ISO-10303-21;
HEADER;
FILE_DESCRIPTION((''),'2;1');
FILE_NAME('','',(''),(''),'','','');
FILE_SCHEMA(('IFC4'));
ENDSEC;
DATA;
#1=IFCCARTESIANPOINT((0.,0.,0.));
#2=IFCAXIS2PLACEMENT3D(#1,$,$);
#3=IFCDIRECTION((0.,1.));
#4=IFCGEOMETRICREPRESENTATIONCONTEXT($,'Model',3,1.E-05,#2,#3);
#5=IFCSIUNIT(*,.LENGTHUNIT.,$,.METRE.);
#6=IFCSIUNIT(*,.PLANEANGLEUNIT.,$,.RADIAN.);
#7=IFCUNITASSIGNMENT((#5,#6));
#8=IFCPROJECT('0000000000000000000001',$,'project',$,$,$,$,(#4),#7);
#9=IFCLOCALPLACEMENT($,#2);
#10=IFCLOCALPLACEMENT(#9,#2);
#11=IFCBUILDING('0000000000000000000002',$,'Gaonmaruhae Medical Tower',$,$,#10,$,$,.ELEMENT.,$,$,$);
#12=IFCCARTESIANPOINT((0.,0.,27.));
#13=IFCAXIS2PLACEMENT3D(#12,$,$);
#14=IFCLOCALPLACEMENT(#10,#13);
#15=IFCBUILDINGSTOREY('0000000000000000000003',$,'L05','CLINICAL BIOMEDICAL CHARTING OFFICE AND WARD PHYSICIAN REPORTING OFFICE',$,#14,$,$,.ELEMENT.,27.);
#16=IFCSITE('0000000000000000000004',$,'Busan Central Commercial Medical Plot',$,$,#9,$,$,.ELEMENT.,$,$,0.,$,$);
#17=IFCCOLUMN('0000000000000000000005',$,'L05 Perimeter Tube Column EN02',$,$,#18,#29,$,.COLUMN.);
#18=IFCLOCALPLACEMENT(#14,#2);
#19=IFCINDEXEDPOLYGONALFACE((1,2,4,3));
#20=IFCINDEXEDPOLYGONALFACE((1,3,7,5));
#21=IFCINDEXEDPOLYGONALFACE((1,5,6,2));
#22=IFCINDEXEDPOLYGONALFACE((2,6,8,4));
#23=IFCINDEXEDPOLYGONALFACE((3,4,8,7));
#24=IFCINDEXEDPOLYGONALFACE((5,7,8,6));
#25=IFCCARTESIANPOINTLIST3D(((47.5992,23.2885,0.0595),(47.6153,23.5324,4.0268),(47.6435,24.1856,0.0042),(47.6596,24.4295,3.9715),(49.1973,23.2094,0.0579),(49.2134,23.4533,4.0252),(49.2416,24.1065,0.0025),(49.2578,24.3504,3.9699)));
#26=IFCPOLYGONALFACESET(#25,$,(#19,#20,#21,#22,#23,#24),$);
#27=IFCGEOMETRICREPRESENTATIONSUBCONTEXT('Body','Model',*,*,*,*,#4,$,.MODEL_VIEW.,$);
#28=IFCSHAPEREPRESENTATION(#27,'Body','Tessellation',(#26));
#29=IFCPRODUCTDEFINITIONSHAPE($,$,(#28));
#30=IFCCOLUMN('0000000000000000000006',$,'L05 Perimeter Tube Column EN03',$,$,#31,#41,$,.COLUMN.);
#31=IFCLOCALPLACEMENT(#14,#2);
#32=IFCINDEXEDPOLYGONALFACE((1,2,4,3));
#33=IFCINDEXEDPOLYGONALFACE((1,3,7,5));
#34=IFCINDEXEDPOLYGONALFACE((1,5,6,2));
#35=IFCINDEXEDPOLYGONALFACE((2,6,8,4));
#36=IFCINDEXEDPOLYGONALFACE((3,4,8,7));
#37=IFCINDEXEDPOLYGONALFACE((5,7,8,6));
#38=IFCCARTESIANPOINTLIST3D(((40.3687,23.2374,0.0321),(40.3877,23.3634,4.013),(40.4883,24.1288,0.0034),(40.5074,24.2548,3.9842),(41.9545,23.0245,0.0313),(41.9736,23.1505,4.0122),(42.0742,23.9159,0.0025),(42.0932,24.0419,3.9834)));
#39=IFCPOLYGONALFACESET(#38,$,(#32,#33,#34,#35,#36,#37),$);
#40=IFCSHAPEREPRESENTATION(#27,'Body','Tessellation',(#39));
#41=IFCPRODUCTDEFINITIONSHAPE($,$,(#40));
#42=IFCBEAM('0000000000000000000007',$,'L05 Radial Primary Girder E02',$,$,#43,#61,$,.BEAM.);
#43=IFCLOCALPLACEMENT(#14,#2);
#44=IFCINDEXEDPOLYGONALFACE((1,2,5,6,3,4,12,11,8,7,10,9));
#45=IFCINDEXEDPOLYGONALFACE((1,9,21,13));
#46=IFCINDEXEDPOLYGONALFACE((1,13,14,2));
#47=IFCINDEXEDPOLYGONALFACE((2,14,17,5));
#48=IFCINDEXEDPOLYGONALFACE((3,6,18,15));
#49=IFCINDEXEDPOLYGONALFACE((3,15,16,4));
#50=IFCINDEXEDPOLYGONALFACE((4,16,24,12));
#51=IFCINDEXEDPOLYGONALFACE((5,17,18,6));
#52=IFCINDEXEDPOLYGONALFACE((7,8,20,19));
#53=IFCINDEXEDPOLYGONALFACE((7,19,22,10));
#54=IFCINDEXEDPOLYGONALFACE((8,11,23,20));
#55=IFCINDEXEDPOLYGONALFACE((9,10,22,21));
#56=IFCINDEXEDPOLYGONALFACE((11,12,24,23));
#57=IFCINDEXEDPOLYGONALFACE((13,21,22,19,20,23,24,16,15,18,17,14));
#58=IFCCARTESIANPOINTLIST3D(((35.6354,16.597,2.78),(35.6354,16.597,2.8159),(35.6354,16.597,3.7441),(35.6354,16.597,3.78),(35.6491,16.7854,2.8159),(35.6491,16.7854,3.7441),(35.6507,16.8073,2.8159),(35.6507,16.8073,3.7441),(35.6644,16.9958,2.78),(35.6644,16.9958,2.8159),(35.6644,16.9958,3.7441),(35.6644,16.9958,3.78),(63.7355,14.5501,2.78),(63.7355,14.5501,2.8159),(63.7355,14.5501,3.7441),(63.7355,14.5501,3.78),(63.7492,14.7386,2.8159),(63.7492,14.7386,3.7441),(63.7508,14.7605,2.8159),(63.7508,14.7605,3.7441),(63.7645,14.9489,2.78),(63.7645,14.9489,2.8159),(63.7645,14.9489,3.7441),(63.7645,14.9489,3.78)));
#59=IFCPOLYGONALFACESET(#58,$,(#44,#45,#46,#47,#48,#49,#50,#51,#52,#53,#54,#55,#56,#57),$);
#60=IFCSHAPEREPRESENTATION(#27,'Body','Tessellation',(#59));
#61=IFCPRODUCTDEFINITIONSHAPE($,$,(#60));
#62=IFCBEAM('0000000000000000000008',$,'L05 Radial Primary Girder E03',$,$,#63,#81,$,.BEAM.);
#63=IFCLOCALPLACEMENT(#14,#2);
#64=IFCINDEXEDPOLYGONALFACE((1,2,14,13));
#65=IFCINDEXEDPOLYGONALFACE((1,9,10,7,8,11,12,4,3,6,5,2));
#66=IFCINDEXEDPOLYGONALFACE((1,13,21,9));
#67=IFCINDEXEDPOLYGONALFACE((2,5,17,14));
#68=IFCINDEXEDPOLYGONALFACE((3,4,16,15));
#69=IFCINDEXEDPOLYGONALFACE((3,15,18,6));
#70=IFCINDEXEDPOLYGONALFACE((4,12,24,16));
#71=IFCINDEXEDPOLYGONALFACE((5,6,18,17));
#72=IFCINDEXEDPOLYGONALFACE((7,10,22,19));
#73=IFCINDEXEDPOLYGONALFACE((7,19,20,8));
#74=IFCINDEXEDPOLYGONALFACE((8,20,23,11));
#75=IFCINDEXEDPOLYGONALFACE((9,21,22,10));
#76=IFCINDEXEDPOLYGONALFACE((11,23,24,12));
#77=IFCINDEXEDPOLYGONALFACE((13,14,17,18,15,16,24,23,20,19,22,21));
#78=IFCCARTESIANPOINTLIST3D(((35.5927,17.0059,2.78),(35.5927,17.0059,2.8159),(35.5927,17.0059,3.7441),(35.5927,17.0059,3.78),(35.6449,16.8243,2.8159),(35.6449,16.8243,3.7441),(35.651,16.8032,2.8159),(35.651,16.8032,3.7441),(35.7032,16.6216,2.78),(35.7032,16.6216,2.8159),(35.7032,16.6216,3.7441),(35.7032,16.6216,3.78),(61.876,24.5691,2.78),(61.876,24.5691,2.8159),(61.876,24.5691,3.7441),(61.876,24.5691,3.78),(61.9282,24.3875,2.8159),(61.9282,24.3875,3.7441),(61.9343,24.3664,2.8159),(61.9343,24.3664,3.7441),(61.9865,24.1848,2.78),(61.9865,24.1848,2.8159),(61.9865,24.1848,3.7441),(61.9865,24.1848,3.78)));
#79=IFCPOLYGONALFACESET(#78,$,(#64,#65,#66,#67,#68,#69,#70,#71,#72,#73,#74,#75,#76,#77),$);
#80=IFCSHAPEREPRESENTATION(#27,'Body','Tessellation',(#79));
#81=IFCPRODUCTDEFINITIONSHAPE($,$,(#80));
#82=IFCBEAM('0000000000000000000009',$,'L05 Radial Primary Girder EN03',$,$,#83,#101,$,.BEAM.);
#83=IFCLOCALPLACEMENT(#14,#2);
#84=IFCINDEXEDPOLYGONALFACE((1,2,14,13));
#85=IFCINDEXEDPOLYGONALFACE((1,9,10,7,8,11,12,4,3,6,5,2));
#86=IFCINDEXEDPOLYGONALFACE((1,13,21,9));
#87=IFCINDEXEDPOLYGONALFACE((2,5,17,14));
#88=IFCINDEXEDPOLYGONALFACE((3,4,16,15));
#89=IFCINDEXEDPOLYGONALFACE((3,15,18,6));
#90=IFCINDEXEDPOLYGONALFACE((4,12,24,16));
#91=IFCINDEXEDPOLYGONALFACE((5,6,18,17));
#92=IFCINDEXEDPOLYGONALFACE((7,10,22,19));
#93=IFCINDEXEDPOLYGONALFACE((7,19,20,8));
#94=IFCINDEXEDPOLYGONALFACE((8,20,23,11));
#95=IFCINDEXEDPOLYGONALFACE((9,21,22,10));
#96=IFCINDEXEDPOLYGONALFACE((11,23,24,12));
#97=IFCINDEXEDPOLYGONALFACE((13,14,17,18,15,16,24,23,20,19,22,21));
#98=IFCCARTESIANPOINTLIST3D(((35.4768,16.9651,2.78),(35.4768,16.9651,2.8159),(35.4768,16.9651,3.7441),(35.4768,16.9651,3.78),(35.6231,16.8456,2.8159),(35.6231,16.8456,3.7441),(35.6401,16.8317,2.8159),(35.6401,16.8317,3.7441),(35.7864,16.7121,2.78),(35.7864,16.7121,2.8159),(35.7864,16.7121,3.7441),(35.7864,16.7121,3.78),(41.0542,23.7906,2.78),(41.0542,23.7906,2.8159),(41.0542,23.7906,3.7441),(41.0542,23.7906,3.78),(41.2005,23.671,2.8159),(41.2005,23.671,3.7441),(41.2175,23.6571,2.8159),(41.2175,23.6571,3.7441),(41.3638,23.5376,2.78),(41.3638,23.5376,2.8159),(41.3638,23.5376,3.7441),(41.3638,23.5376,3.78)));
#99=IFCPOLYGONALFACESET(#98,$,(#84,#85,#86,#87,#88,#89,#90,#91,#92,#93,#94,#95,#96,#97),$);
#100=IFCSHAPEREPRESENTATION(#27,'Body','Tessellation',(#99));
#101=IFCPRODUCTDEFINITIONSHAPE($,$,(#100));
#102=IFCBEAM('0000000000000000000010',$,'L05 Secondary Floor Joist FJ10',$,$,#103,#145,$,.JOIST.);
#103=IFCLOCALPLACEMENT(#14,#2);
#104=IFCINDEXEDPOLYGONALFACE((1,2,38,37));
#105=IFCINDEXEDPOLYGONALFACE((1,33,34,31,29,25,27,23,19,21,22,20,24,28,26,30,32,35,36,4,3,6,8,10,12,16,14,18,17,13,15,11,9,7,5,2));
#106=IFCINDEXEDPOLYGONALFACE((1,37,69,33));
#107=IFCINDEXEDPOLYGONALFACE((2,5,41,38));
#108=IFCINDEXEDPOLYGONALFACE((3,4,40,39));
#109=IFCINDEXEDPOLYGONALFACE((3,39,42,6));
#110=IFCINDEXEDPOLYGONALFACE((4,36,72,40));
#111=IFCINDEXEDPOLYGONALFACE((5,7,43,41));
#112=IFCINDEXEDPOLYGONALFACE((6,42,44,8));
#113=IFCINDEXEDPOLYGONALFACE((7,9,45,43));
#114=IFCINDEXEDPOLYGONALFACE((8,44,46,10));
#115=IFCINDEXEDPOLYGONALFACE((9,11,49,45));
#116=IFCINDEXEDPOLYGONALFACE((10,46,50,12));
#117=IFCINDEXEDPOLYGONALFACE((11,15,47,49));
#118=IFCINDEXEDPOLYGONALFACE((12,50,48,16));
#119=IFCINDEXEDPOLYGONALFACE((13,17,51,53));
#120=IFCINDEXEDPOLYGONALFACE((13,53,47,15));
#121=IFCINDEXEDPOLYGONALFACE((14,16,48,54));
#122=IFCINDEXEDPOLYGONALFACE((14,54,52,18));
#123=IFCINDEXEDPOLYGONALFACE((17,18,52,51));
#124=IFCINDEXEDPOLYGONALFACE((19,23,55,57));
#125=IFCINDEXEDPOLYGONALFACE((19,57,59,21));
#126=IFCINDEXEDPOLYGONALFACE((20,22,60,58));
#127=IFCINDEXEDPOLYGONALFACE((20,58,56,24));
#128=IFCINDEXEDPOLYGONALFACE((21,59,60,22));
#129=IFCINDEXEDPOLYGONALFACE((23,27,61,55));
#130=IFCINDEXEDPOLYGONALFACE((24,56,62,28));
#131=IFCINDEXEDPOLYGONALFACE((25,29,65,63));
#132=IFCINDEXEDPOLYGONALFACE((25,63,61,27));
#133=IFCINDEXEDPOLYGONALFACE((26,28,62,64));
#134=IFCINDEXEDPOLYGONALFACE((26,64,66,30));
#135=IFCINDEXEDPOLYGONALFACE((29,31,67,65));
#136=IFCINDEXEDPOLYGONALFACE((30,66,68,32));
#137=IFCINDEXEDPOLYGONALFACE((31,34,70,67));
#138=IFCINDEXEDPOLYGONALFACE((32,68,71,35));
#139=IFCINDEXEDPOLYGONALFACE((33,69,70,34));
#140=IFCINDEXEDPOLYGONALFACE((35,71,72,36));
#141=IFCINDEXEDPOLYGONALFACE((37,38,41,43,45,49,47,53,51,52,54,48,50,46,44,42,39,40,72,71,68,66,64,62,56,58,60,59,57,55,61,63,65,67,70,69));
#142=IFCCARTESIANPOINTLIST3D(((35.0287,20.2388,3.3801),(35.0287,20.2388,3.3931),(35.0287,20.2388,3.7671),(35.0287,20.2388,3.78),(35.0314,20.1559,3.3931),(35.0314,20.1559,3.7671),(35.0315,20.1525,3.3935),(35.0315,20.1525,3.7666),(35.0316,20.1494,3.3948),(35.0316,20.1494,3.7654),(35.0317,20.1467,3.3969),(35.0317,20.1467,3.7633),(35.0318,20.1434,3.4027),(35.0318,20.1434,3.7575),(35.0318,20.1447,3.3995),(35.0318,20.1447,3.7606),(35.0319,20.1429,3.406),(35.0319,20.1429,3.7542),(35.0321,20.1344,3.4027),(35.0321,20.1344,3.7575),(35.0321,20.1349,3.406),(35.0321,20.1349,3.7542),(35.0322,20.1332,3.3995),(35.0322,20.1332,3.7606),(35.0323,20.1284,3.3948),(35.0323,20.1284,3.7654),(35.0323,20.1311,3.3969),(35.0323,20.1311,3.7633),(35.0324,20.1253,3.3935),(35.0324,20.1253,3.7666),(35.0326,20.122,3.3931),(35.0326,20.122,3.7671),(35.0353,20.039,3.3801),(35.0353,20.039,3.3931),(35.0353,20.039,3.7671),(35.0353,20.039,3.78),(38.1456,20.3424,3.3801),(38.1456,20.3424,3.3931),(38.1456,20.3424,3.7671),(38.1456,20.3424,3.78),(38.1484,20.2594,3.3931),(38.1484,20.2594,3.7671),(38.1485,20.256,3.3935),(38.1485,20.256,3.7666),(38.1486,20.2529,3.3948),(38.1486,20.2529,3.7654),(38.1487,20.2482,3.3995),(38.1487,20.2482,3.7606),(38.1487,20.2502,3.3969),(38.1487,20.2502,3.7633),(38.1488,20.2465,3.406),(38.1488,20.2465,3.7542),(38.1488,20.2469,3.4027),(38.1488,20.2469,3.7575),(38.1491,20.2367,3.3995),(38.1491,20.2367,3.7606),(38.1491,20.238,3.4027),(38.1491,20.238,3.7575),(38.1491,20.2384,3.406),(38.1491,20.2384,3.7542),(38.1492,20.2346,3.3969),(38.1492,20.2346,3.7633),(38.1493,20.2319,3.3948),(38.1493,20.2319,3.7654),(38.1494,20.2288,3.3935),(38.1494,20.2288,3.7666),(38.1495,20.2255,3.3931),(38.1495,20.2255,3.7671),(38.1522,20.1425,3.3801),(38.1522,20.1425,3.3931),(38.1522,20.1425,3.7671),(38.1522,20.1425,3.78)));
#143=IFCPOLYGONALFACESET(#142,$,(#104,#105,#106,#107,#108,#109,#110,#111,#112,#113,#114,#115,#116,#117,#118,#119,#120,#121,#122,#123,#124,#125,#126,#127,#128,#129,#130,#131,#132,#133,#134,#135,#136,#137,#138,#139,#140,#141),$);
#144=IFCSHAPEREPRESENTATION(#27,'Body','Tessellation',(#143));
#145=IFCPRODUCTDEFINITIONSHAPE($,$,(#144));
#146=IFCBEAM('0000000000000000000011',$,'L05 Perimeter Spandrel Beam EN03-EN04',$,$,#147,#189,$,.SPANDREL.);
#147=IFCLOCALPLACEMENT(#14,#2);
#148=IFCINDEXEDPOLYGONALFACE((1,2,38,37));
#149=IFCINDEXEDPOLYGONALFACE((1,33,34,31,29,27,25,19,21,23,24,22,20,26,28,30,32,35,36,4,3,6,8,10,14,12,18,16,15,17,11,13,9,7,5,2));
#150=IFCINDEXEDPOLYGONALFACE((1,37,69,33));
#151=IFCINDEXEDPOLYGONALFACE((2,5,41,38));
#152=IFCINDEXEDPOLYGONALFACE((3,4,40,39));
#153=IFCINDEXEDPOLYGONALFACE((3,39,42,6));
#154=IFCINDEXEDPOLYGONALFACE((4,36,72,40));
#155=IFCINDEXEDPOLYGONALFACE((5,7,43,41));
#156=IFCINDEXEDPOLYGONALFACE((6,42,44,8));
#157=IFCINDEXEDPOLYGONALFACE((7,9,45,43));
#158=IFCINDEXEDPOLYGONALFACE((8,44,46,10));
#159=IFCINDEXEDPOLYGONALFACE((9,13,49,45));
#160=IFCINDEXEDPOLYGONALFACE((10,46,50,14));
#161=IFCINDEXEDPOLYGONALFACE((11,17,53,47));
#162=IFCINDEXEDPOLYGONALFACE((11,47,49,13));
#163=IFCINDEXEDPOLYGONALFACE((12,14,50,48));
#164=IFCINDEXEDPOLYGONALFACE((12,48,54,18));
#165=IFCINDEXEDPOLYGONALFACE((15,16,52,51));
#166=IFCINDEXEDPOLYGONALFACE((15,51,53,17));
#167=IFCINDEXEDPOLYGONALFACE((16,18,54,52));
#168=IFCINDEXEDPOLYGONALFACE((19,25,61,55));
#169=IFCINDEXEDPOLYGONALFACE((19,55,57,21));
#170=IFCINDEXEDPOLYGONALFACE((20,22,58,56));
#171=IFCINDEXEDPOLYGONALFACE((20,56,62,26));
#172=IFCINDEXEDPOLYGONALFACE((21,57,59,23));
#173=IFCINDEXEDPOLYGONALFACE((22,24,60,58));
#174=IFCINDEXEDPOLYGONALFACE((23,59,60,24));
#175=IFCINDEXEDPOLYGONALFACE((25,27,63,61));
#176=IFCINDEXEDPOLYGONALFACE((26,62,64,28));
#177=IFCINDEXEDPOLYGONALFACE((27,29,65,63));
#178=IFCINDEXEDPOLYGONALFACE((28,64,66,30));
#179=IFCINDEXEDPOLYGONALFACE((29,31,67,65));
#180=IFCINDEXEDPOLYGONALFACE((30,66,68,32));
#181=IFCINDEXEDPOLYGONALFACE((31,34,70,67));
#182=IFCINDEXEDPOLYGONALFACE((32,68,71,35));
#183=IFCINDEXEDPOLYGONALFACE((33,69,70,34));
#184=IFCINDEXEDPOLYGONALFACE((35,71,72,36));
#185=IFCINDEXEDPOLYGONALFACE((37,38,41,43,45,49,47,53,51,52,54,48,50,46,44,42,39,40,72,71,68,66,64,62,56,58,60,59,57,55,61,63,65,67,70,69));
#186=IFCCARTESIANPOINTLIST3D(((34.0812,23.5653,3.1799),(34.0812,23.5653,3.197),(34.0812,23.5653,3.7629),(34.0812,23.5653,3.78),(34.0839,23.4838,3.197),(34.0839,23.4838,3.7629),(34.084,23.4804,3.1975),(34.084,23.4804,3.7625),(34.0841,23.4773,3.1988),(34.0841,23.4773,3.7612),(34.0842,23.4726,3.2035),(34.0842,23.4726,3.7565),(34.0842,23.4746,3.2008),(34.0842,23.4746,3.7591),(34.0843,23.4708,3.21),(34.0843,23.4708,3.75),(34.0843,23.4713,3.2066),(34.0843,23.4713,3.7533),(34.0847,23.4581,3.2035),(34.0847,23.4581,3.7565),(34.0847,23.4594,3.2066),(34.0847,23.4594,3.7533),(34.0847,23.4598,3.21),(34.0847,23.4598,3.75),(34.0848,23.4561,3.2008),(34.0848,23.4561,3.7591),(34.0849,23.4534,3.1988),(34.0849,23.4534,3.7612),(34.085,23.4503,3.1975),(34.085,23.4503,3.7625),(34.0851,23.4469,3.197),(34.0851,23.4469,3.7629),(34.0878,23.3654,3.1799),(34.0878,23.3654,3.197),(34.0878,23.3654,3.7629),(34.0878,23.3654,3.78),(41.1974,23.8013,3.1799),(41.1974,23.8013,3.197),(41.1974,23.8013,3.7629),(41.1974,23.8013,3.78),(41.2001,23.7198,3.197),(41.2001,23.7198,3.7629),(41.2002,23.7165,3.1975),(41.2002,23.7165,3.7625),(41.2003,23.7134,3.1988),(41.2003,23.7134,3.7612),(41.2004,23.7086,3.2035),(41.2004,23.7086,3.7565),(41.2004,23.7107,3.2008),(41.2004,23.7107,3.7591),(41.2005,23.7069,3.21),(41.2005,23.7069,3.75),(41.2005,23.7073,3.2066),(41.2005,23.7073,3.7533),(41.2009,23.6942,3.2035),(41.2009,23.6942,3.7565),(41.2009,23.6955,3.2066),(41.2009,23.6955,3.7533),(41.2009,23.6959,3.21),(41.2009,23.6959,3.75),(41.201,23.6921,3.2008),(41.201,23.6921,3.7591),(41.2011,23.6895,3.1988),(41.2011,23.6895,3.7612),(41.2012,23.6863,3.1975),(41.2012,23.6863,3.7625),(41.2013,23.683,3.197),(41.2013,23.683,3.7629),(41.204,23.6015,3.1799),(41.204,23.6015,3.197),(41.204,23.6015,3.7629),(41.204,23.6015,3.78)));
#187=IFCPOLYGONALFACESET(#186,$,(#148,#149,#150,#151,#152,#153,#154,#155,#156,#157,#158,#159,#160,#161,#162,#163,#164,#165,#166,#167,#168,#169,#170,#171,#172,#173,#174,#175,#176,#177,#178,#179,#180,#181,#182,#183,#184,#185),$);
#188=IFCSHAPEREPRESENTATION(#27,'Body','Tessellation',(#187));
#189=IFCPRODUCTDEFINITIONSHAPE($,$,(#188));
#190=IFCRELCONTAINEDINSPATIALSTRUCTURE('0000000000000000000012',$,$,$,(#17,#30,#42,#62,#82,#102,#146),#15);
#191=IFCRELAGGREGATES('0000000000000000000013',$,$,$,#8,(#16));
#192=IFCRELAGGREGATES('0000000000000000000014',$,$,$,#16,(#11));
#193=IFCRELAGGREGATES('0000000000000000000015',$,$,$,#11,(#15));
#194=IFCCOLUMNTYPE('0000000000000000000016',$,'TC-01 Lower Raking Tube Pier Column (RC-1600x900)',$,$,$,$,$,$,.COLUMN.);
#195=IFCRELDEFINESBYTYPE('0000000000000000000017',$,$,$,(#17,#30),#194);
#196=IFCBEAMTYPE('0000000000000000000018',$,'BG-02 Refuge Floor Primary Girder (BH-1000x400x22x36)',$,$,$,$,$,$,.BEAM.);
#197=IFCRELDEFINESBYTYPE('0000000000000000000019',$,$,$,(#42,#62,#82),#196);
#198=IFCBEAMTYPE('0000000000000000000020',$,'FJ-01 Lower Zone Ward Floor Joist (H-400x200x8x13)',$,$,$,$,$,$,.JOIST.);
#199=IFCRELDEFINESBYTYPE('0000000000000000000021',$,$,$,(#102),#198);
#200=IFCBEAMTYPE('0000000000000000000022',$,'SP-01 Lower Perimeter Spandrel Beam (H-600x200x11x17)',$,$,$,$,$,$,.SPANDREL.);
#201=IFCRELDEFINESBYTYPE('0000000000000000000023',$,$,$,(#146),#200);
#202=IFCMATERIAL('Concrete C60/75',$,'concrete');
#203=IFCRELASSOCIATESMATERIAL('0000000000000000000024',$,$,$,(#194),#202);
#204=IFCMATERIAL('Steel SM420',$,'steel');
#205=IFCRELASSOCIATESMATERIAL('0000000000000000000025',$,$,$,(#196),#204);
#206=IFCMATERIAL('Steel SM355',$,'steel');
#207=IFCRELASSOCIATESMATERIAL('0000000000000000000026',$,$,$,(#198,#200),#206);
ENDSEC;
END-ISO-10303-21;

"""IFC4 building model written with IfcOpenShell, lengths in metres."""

from ifc_helpers import new_model, si_unit, direction, frame, origin, origin_2d, place, context, subcontext, project, spatial, rectangle, i_section, extrude, material, material_profile, profile_set, type_object, element, save


model = new_model("IFC4")

# Units and contexts
model_context = context("Model", 3, precision=1e-05, world=origin(), true_north=direction((0.0, 1.0)))
body_context = subcontext(model_context, "Body", "Model", "MODEL_VIEW")
ifc_project = project(units=[si_unit("LENGTHUNIT", "METRE"), si_unit("PLANEANGLEUNIT", "RADIAN")], contexts=[model_context])

# Site, building, storey
site_placement = place(None, origin())
site = spatial("IfcSite", under=ifc_project, at=site_placement, Name="Busan Central Commercial Medical Plot", CompositionType="ELEMENT", RefElevation=0.0)
building_placement = place(site_placement, origin())
building = spatial("IfcBuilding", under=site, at=building_placement, Name="Gaonmaruhae Medical Tower", CompositionType="ELEMENT")
storey_placement = place(building_placement, frame((0.0, 0.0, 27.0)))
storey = spatial("IfcBuildingStorey", under=building, at=storey_placement, Name="L05", Description="CLINICAL BIOMEDICAL CHARTING OFFICE AND WARD PHYSICIAN REPORTING OFFICE", CompositionType="ELEMENT", Elevation=27.0)

# Columns
ifc_material_1 = material(Name="Concrete C60/75", Category="concrete")
ifc_material_profile_1 = material_profile(ifc_material_1, rectangle(XDim=1.6001, YDim=0.8999, at=origin_2d()), Name="RC-1600x900")
ifc_profile_set_1 = profile_set([ifc_material_profile_1], Name="Concrete C60/75")
column_type = type_object("IfcColumnType", Name="TC-01 Lower Raking Tube Pier Column (RC-1600x900)", PredefinedType="COLUMN", material=ifc_profile_set_1)
column_1_placement = place(storey_placement, frame((48.4204, 23.6975, 0.031), z_axis=(0.004054, 0.061361, 0.998107), x_axis=(-0.998779, 0.049401, 0.00102)))
element("IfcColumn", 1, at=column_1_placement, inside=storey, type_object=column_type, Name="L05 Perimeter Tube Column EN02", PredefinedType="COLUMN", context=body_context, shape_type="SweptSolid", body=[
    extrude(rectangle(XDim=1.6001, YDim=0.8999, at=origin_2d()), origin(), (0.0, 0.0, 1.0), 3.9749),
])
column_2_placement = place(storey_placement, frame((41.2214, 23.5767, 0.0173), z_axis=(0.004781, 0.031629, 0.999488), x_axis=(-0.991108, 0.133059, 0.00053)))
element("IfcColumn", 2, at=column_2_placement, inside=storey, type_object=column_type, Name="L05 Perimeter Tube Column EN03", PredefinedType="COLUMN", context=body_context, shape_type="SweptSolid", body=[
    extrude(rectangle(XDim=1.6001, YDim=0.8999, at=origin_2d()), origin(), (0.0, 0.0, 1.0), 3.9829),
])

# Beams
ifc_material_2 = material(Name="Steel SM420", Category="steel")
ifc_material_profile_2 = material_profile(ifc_material_2, i_section(OverallWidth=0.3999, OverallDepth=1.0, WebThickness=0.022, FlangeThickness=0.0359, at=origin_2d()), Name="BH-1000x400x22x36")
ifc_profile_set_2 = profile_set([ifc_material_profile_2], Name="Steel SM420")
beam_type_1 = type_object("IfcBeamType", Name="BG-02 Refuge Floor Primary Girder (BH-1000x400x22x36)", PredefinedType="BEAM", material=ifc_profile_set_2)
beam_1_placement = place(storey_placement, frame((35.6499, 16.7964, 3.28), z_axis=(0.997358, -0.07265, 0.0), x_axis=(0.07265, 0.997358, 0.0)))
element("IfcBeam", 3, at=beam_1_placement, inside=storey, type_object=beam_type_1, Name="L05 Radial Primary Girder E02", PredefinedType="BEAM", context=body_context, shape_type="SweptSolid", body=[
    extrude(i_section(OverallWidth=0.3999, OverallDepth=1.0, WebThickness=0.022, FlangeThickness=0.0359, at=origin_2d()), origin(), (0.0, 0.0, 1.0), 28.1746),
])
beam_2_placement = place(storey_placement, frame((35.6479, 16.8137, 3.28), z_axis=(0.961003, 0.276537, 0.0), x_axis=(-0.276537, 0.961003, 0.0)))
element("IfcBeam", 4, at=beam_2_placement, inside=storey, type_object=beam_type_1, Name="L05 Radial Primary Girder E03", PredefinedType="BEAM", context=body_context, shape_type="SweptSolid", body=[
    extrude(i_section(OverallWidth=0.3999, OverallDepth=1.0, WebThickness=0.022, FlangeThickness=0.0359, at=origin_2d()), origin(), (0.0, 0.0, 1.0), 27.3499),
])
beam_3_placement = place(storey_placement, frame((35.6316, 16.8386, 3.28), z_axis=(0.632758, 0.77435, 0.0), x_axis=(-0.77435, 0.632758, 0.0)))
element("IfcBeam", 5, at=beam_3_placement, inside=storey, type_object=beam_type_1, Name="L05 Radial Primary Girder EN03", PredefinedType="BEAM", context=body_context, shape_type="SweptSolid", body=[
    extrude(i_section(OverallWidth=0.3999, OverallDepth=1.0, WebThickness=0.022, FlangeThickness=0.0359, at=origin_2d()), origin(), (0.0, 0.0, 1.0), 8.8145),
])
ifc_material_3 = material(Name="Steel SM355", Category="steel")
ifc_material_profile_3 = material_profile(ifc_material_3, i_section(OverallWidth=0.2, OverallDepth=0.3999, WebThickness=0.0081, FlangeThickness=0.0129, FilletRadius=0.0129, at=origin_2d()), Name="H-400x200x8x13")
ifc_profile_set_3 = profile_set([ifc_material_profile_3], Name="Steel SM355")
beam_type_2 = type_object("IfcBeamType", Name="FJ-01 Lower Zone Ward Floor Joist (H-400x200x8x13)", PredefinedType="JOIST", material=ifc_profile_set_3)
beam_4_placement = place(storey_placement, frame((38.1489, 20.2424, 3.5801), z_axis=(-0.999449, -0.033192, 0.0), x_axis=(0.033192, -0.999449, 0.0)))
element("IfcBeam", 6, at=beam_4_placement, inside=storey, type_object=beam_type_2, Name="L05 Secondary Floor Joist FJ10", PredefinedType="JOIST", context=body_context, shape_type="SweptSolid", body=[
    extrude(i_section(OverallWidth=0.2, OverallDepth=0.3999, WebThickness=0.0081, FlangeThickness=0.0129, FilletRadius=0.0129, at=origin_2d()), origin(), (0.0, 0.0, 1.0), 3.1187),
])
ifc_material_profile_4 = material_profile(ifc_material_3, i_section(OverallWidth=0.2, OverallDepth=0.6001, WebThickness=0.011, FlangeThickness=0.0171, FilletRadius=0.0129, at=origin_2d()), Name="H-600x200x11x17")
ifc_profile_set_4 = profile_set([ifc_material_profile_4], Name="Steel SM355")
beam_type_3 = type_object("IfcBeamType", Name="SP-01 Lower Perimeter Spandrel Beam (H-600x200x11x17)", PredefinedType="SPANDREL", material=ifc_profile_set_4)
beam_5_placement = place(storey_placement, frame((41.2007, 23.7014, 3.48), z_axis=(-0.99945, -0.033157, 0.0), x_axis=(0.033157, -0.99945, 0.0)))
element("IfcBeam", 7, at=beam_5_placement, inside=storey, type_object=beam_type_3, Name="L05 Perimeter Spandrel Beam EN03-EN04", PredefinedType="SPANDREL", context=body_context, shape_type="SweptSolid", body=[
    extrude(i_section(OverallWidth=0.2, OverallDepth=0.6001, WebThickness=0.011, FlangeThickness=0.0171, FilletRadius=0.0129, at=origin_2d()), origin(), (0.0, 0.0, 1.0), 7.1201),
])

save(model, "model.ifc")
